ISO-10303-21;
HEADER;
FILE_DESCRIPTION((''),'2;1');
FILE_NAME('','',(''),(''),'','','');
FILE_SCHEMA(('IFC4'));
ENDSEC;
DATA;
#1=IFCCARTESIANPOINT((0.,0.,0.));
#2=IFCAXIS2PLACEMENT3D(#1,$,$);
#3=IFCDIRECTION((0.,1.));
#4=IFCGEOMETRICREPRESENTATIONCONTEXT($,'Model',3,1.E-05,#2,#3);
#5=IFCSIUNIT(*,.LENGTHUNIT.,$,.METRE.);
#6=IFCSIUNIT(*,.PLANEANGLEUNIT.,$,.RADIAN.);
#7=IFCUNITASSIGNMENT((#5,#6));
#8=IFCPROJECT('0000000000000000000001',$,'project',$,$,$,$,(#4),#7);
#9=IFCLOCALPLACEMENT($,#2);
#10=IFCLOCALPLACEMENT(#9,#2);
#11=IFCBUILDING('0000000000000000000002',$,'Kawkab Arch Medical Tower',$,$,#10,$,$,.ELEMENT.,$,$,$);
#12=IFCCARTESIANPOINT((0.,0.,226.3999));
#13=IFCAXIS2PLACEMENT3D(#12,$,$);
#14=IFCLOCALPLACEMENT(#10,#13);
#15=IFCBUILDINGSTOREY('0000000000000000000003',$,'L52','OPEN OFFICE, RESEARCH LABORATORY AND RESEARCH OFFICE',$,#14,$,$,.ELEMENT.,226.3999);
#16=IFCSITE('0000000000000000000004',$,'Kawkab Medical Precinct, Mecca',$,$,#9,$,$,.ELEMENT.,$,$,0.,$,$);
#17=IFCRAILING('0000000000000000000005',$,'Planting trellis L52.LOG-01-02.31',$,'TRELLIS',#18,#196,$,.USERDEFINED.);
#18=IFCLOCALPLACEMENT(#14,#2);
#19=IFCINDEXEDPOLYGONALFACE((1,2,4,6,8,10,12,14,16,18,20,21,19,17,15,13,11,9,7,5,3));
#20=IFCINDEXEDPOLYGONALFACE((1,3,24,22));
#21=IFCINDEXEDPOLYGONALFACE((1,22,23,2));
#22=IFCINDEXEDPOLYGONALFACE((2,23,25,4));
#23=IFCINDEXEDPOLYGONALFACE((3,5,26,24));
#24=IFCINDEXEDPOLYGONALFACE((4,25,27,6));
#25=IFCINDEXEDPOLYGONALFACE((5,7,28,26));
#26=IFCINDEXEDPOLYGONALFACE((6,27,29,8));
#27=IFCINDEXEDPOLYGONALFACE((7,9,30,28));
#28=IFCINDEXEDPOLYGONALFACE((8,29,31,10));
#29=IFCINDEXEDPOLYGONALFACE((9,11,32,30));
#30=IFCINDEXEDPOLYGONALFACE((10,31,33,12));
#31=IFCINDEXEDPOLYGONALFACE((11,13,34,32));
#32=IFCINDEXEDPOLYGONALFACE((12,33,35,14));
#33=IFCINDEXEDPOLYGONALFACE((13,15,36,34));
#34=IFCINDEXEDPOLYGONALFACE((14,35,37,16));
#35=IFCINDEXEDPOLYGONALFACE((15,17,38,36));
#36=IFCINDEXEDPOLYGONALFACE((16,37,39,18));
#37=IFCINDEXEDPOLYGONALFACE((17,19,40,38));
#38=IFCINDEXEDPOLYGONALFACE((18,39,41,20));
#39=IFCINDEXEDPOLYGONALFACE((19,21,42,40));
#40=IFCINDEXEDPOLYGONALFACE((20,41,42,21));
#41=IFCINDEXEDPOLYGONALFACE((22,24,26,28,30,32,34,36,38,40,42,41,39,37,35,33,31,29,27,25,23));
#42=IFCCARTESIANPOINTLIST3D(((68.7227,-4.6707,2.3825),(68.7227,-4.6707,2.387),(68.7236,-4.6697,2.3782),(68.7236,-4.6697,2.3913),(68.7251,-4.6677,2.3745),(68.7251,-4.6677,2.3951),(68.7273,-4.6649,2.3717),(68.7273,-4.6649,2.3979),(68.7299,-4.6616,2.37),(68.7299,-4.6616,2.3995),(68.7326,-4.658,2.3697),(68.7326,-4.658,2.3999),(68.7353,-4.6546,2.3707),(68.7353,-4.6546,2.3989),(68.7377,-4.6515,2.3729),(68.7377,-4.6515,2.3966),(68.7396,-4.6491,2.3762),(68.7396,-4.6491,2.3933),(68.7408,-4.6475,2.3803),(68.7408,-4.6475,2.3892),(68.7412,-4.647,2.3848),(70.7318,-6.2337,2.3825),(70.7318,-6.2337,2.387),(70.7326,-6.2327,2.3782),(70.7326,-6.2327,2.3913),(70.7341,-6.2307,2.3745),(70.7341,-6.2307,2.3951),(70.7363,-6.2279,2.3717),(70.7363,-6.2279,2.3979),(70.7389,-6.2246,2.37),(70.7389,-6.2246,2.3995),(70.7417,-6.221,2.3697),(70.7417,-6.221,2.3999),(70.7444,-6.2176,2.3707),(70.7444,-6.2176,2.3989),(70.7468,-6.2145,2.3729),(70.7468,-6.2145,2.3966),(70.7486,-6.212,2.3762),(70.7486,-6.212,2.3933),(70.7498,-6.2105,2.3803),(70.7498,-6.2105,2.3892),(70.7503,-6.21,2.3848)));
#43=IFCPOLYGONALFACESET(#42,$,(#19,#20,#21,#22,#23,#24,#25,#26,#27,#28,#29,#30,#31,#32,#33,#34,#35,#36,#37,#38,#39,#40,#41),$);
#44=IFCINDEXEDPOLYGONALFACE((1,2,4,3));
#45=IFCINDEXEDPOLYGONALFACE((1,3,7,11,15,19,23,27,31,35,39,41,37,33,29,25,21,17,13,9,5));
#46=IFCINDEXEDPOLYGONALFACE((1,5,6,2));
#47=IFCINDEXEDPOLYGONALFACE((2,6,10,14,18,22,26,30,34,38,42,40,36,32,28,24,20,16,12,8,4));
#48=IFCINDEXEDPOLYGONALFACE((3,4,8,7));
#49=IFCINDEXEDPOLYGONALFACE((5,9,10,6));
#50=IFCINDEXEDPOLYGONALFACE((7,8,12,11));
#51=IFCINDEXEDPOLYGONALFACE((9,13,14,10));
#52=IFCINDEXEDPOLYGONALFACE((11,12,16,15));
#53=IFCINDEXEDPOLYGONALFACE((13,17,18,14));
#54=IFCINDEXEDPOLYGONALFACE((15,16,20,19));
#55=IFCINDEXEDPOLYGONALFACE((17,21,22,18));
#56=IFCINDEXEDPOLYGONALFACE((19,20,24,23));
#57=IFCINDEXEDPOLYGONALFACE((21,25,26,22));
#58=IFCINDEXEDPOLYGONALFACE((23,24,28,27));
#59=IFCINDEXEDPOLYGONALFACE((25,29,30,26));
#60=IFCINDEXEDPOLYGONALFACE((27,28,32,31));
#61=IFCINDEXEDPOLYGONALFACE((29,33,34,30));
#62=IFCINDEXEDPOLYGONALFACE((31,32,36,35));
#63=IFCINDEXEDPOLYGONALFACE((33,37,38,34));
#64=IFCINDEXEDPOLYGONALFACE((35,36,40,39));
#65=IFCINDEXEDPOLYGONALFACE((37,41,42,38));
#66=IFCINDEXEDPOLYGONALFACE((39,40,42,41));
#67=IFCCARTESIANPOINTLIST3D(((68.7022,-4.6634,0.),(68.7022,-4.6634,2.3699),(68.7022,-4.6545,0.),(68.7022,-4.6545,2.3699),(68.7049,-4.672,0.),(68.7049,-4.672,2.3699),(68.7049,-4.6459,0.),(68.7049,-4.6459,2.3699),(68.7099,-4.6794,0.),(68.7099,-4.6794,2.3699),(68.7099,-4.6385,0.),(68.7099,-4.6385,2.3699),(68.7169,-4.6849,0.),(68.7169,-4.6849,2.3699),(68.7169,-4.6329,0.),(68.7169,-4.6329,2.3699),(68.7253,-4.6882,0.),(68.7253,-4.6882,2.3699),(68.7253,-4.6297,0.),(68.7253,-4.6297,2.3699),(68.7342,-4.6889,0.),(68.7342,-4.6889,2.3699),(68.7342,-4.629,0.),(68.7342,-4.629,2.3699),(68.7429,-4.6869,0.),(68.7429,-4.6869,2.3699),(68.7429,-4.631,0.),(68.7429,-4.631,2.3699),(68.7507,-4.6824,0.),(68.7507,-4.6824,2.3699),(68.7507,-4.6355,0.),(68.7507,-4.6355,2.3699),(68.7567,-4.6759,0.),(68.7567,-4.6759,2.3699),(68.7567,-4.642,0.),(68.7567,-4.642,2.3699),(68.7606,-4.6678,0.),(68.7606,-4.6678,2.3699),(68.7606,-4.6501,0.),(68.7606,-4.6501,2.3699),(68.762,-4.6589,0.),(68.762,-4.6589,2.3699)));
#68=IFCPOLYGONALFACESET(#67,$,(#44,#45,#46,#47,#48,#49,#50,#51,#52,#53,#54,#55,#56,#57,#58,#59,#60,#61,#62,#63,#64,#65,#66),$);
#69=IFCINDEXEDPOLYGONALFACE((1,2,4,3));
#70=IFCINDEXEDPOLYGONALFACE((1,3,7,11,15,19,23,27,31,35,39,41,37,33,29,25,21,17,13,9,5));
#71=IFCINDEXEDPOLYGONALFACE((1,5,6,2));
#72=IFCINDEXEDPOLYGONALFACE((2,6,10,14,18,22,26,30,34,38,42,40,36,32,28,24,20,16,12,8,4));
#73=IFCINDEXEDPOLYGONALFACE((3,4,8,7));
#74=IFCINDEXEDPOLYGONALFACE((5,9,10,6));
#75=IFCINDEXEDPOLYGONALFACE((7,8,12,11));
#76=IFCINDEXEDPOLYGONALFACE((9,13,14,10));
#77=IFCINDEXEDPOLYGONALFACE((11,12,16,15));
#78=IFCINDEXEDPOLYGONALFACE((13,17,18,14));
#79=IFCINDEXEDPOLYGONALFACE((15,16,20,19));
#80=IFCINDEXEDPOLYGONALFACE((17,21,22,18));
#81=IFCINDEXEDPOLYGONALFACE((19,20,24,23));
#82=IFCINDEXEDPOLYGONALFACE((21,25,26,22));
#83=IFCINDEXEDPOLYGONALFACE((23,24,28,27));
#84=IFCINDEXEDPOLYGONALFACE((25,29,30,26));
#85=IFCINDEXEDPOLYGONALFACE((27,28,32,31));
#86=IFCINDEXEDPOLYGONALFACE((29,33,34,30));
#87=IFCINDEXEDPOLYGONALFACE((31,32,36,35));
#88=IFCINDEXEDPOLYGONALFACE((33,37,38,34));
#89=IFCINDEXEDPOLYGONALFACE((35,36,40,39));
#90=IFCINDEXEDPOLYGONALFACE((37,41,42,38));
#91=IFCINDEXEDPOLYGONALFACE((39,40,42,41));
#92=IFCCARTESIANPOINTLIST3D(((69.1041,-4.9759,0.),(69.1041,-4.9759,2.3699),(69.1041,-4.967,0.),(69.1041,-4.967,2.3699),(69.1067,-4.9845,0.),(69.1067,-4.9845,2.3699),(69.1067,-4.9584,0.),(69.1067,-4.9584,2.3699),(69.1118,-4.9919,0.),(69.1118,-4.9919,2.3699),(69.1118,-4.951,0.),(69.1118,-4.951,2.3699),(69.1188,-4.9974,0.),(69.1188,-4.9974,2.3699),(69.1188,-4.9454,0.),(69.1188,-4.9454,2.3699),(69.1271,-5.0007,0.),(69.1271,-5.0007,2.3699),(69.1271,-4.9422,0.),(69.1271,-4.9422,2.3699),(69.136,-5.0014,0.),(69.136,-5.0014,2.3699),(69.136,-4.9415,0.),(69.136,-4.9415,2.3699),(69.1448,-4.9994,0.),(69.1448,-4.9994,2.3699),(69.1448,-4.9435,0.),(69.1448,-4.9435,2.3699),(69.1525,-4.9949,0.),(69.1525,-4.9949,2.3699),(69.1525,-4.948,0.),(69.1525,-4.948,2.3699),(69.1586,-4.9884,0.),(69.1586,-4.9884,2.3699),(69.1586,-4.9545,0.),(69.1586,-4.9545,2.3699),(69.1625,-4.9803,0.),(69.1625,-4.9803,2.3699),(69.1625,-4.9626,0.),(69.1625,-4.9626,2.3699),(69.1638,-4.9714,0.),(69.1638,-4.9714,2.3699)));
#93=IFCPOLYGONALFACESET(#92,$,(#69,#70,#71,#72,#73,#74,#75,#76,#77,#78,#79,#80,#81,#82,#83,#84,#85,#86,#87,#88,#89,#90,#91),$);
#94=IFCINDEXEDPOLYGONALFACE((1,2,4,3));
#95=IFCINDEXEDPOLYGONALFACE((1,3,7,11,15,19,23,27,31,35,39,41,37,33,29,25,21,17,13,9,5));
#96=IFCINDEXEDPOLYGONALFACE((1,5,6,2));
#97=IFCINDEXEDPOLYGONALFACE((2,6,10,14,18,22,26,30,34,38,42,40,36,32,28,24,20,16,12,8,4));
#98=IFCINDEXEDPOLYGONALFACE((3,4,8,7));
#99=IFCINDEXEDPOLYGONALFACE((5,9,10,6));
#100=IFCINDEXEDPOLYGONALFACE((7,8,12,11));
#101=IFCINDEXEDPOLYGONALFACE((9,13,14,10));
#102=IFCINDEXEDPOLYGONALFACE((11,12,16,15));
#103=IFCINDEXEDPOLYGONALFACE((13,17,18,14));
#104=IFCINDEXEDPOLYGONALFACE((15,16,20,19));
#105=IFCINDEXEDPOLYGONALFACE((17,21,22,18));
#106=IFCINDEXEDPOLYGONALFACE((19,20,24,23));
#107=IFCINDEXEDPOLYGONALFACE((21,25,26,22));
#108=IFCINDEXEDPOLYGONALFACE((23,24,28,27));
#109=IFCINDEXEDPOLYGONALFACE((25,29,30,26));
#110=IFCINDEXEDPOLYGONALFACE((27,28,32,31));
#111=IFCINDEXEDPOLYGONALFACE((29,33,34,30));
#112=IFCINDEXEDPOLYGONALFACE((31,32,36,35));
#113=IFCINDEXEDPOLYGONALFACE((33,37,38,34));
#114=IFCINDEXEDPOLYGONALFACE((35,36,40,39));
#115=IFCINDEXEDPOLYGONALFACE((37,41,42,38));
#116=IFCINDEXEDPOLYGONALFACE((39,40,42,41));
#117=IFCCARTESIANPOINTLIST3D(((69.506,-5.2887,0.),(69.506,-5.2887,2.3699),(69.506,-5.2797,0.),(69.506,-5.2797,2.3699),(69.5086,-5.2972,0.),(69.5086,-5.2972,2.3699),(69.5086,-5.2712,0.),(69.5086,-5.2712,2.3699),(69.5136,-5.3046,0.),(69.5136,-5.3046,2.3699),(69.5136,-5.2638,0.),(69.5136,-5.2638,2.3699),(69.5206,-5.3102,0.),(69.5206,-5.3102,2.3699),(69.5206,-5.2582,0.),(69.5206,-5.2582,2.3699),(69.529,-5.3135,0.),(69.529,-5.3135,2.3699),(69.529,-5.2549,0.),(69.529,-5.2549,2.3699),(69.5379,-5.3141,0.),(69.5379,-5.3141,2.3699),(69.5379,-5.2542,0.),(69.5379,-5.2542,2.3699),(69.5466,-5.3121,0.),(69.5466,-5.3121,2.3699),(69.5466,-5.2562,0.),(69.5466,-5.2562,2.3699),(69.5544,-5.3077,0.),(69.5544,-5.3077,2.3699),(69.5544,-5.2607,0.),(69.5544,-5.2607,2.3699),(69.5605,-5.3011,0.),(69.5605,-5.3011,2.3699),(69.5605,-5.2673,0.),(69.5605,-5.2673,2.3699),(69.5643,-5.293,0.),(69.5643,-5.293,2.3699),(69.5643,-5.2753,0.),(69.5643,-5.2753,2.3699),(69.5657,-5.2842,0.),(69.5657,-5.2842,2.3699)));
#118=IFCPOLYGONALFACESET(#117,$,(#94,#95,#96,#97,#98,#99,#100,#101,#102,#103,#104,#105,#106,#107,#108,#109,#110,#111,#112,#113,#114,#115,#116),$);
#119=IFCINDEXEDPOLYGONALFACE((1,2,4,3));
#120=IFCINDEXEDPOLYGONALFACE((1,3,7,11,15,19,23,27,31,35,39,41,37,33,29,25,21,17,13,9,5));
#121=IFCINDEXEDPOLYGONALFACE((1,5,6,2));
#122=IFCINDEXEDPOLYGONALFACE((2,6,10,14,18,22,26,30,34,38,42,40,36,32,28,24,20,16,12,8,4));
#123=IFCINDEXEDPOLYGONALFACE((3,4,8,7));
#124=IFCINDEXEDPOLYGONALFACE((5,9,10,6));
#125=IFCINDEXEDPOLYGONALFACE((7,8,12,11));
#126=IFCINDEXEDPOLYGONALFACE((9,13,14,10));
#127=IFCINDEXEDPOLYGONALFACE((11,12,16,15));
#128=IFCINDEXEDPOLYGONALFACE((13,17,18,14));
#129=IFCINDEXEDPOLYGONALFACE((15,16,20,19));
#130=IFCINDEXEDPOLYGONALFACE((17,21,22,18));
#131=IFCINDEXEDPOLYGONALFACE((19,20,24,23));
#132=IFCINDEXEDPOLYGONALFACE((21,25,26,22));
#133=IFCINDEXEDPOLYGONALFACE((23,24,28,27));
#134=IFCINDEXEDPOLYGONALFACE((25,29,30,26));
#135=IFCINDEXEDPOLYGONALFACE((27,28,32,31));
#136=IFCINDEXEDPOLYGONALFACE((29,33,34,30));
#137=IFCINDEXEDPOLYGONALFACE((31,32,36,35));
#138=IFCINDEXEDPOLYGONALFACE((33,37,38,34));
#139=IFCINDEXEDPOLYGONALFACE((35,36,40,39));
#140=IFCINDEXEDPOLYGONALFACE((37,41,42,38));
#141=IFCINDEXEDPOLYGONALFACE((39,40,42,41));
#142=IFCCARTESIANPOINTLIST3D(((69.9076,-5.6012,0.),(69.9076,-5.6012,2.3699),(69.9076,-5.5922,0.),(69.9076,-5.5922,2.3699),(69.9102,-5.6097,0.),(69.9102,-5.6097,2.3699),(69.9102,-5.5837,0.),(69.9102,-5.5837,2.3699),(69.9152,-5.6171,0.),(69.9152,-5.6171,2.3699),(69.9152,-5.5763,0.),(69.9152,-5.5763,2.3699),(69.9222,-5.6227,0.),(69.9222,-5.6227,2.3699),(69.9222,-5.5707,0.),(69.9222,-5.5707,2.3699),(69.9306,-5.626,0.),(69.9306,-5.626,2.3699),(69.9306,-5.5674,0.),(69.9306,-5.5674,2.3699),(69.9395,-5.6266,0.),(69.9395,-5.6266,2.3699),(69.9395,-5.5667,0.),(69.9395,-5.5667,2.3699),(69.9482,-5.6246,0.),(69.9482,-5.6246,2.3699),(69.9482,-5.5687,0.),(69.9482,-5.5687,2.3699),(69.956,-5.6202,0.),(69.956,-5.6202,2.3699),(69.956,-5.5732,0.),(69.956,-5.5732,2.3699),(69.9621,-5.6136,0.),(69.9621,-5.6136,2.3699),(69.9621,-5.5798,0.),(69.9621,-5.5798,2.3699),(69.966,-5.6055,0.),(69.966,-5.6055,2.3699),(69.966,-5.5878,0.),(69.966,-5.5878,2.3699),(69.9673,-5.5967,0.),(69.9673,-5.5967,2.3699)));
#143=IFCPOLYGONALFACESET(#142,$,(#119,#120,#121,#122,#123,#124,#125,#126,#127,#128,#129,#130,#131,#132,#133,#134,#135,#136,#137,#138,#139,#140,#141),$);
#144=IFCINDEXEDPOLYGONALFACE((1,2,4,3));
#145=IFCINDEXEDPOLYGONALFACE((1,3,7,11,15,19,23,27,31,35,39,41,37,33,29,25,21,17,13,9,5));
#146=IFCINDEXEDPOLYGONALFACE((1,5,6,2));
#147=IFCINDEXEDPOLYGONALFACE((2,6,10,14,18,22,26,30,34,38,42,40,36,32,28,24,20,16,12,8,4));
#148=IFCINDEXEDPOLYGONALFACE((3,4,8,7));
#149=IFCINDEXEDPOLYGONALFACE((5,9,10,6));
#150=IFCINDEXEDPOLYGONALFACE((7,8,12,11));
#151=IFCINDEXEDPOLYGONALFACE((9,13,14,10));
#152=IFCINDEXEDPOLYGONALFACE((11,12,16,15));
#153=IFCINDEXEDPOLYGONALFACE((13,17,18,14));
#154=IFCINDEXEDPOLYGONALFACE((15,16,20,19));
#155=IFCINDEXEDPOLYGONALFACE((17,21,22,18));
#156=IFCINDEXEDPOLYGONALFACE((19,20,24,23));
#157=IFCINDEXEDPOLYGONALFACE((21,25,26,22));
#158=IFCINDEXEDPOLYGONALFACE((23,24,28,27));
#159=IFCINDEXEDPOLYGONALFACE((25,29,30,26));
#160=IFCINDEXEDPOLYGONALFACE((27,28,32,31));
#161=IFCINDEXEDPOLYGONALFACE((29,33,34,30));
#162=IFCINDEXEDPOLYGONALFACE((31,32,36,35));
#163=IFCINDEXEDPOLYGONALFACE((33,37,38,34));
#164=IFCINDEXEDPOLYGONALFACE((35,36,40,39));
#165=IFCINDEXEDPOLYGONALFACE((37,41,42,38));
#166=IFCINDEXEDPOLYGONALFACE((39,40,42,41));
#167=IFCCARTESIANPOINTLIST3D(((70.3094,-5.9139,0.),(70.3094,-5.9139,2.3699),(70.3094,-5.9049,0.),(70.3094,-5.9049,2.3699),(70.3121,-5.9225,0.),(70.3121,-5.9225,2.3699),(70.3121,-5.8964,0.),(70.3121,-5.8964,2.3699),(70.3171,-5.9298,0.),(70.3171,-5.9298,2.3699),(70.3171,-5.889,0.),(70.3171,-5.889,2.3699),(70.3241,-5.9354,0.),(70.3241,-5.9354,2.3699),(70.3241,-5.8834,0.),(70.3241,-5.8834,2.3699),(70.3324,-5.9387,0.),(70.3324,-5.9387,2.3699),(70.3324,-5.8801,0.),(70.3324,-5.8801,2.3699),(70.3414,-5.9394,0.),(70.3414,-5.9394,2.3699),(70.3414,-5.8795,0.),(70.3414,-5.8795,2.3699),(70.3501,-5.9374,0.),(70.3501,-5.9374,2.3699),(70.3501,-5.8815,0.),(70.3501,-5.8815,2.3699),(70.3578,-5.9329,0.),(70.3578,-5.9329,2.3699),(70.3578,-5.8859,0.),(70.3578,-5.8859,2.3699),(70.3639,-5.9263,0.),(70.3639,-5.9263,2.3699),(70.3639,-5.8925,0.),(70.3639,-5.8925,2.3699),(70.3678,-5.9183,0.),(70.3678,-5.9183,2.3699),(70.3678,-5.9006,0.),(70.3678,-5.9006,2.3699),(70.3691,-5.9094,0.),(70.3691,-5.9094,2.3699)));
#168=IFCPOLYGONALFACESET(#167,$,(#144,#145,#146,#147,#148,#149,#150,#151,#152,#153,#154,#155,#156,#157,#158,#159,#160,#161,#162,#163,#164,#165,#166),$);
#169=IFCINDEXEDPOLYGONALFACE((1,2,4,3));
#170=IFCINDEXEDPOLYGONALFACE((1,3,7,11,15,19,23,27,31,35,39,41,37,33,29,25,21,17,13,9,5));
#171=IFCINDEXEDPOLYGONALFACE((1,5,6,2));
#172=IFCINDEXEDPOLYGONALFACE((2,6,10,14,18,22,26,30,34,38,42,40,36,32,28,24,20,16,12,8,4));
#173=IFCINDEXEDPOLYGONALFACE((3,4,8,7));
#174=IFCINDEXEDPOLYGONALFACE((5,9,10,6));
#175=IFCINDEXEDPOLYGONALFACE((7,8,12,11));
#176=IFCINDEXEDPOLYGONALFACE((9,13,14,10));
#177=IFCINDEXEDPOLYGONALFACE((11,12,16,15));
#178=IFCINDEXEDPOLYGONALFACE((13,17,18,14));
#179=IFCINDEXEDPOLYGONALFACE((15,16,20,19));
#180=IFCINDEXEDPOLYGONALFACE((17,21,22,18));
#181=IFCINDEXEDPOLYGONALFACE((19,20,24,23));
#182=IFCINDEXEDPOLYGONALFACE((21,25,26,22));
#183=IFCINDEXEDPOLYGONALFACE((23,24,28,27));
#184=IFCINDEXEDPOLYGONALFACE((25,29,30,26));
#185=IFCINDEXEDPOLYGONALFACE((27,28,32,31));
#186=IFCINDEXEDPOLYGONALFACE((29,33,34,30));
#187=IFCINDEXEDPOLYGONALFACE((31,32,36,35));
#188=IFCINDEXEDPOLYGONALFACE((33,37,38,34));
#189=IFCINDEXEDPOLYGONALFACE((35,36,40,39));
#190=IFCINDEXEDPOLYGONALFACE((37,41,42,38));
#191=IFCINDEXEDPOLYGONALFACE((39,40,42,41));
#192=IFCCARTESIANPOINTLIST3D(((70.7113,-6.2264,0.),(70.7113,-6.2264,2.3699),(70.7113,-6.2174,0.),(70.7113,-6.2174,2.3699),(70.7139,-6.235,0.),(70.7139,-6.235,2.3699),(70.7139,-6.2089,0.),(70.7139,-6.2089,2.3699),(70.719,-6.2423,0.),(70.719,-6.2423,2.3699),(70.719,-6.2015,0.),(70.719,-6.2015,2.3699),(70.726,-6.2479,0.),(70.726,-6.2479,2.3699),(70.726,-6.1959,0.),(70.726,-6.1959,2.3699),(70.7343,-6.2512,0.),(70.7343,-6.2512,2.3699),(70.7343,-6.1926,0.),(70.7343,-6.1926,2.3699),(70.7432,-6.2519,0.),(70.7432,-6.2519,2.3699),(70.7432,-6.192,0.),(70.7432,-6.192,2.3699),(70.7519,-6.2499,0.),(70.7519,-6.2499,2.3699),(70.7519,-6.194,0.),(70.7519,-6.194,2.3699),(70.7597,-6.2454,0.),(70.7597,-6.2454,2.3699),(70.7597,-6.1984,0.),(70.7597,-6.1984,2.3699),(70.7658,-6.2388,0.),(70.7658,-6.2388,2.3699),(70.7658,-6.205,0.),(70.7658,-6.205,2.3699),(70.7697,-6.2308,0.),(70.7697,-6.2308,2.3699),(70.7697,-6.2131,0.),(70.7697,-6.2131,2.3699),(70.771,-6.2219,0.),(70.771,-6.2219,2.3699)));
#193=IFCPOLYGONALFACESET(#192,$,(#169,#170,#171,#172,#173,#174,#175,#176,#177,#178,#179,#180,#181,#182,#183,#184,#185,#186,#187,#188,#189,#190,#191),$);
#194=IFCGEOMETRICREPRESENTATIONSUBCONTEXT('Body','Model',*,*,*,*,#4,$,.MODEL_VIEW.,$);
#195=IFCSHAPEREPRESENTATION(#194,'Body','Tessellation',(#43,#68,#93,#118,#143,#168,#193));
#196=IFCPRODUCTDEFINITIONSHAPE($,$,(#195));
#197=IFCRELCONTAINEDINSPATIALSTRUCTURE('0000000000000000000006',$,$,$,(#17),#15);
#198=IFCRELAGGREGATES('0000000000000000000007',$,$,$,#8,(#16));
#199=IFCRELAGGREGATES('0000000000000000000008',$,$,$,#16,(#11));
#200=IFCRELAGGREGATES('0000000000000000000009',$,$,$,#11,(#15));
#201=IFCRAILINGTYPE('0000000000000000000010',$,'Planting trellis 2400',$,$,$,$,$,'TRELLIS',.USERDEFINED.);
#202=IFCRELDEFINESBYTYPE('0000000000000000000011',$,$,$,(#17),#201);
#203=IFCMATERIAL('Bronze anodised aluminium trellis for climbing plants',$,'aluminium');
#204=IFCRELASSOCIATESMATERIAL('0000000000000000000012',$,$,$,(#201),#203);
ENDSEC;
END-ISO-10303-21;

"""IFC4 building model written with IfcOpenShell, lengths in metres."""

from ifc_helpers import new_model, si_unit, direction, frame, origin, origin_2d, place, context, subcontext, project, spatial, circle, extrude, material, type_object, element, save


model = new_model("IFC4")

# Units and contexts
model_context = context("Model", 3, precision=1e-05, world=origin(), true_north=direction((0.0, 1.0)))
body_context = subcontext(model_context, "Body", "Model", "MODEL_VIEW")
ifc_project = project(units=[si_unit("LENGTHUNIT", "METRE"), si_unit("PLANEANGLEUNIT", "RADIAN")], contexts=[model_context])

# Site, building, storey
site_placement = place(None, origin())
site = spatial("IfcSite", under=ifc_project, at=site_placement, Name="Kawkab Medical Precinct, Mecca", CompositionType="ELEMENT", RefElevation=0.0)
building_placement = place(site_placement, origin())
building = spatial("IfcBuilding", under=site, at=building_placement, Name="Kawkab Arch Medical Tower", CompositionType="ELEMENT")
storey_placement = place(building_placement, frame((0.0, 0.0, 226.3999)))
storey = spatial("IfcBuildingStorey", under=building, at=storey_placement, Name="L52", Description="OPEN OFFICE, RESEARCH LABORATORY AND RESEARCH OFFICE", CompositionType="ELEMENT", Elevation=226.3999)

# Railing
ifc_material_1 = material(Name="Bronze anodised aluminium trellis for climbing plants", Category="aluminium")
railing_type = type_object("IfcRailingType", Name="Planting trellis 2400", ElementType="TRELLIS", PredefinedType="USERDEFINED", material=ifc_material_1)
railing_1_placement = place(storey_placement, frame((68.7319, -4.6589, 0.0)))
element("IfcRailing", 1, at=railing_1_placement, inside=storey, type_object=railing_type, Name="Planting trellis L52.LOG-01-02.31", ObjectType="TRELLIS", PredefinedType="USERDEFINED", context=body_context, shape_type="SweptSolid", body=[
    extrude(circle(Radius=0.0151, at=origin_2d()), frame((0.0, 0.0, 2.3848), z_axis=(0.789275, -0.61404, 0.0), x_axis=(0.61404, 0.789275, 0.0)), (0.0, 0.0, 1.0), 2.5454),
    extrude(circle(Radius=0.03, at=origin_2d()), origin(), (0.0, 0.0, 1.0), 2.3699),
    extrude(circle(Radius=0.03, at=origin_2d()), frame((0.4019, -0.3125, 0.0)), (0.0, 0.0, 1.0), 2.3699),
    extrude(circle(Radius=0.03, at=origin_2d()), frame((0.8037, -0.6252, 0.0)), (0.0, 0.0, 1.0), 2.3699),
    extrude(circle(Radius=0.03, at=origin_2d()), frame((1.2053, -0.9377, 0.0)), (0.0, 0.0, 1.0), 2.3699),
    extrude(circle(Radius=0.03, at=origin_2d()), frame((1.6072, -1.2505, 0.0)), (0.0, 0.0, 1.0), 2.3699),
    extrude(circle(Radius=0.03, at=origin_2d()), frame((2.009, -1.563, 0.0)), (0.0, 0.0, 1.0), 2.3699),
])

save(model, "model.ifc")
